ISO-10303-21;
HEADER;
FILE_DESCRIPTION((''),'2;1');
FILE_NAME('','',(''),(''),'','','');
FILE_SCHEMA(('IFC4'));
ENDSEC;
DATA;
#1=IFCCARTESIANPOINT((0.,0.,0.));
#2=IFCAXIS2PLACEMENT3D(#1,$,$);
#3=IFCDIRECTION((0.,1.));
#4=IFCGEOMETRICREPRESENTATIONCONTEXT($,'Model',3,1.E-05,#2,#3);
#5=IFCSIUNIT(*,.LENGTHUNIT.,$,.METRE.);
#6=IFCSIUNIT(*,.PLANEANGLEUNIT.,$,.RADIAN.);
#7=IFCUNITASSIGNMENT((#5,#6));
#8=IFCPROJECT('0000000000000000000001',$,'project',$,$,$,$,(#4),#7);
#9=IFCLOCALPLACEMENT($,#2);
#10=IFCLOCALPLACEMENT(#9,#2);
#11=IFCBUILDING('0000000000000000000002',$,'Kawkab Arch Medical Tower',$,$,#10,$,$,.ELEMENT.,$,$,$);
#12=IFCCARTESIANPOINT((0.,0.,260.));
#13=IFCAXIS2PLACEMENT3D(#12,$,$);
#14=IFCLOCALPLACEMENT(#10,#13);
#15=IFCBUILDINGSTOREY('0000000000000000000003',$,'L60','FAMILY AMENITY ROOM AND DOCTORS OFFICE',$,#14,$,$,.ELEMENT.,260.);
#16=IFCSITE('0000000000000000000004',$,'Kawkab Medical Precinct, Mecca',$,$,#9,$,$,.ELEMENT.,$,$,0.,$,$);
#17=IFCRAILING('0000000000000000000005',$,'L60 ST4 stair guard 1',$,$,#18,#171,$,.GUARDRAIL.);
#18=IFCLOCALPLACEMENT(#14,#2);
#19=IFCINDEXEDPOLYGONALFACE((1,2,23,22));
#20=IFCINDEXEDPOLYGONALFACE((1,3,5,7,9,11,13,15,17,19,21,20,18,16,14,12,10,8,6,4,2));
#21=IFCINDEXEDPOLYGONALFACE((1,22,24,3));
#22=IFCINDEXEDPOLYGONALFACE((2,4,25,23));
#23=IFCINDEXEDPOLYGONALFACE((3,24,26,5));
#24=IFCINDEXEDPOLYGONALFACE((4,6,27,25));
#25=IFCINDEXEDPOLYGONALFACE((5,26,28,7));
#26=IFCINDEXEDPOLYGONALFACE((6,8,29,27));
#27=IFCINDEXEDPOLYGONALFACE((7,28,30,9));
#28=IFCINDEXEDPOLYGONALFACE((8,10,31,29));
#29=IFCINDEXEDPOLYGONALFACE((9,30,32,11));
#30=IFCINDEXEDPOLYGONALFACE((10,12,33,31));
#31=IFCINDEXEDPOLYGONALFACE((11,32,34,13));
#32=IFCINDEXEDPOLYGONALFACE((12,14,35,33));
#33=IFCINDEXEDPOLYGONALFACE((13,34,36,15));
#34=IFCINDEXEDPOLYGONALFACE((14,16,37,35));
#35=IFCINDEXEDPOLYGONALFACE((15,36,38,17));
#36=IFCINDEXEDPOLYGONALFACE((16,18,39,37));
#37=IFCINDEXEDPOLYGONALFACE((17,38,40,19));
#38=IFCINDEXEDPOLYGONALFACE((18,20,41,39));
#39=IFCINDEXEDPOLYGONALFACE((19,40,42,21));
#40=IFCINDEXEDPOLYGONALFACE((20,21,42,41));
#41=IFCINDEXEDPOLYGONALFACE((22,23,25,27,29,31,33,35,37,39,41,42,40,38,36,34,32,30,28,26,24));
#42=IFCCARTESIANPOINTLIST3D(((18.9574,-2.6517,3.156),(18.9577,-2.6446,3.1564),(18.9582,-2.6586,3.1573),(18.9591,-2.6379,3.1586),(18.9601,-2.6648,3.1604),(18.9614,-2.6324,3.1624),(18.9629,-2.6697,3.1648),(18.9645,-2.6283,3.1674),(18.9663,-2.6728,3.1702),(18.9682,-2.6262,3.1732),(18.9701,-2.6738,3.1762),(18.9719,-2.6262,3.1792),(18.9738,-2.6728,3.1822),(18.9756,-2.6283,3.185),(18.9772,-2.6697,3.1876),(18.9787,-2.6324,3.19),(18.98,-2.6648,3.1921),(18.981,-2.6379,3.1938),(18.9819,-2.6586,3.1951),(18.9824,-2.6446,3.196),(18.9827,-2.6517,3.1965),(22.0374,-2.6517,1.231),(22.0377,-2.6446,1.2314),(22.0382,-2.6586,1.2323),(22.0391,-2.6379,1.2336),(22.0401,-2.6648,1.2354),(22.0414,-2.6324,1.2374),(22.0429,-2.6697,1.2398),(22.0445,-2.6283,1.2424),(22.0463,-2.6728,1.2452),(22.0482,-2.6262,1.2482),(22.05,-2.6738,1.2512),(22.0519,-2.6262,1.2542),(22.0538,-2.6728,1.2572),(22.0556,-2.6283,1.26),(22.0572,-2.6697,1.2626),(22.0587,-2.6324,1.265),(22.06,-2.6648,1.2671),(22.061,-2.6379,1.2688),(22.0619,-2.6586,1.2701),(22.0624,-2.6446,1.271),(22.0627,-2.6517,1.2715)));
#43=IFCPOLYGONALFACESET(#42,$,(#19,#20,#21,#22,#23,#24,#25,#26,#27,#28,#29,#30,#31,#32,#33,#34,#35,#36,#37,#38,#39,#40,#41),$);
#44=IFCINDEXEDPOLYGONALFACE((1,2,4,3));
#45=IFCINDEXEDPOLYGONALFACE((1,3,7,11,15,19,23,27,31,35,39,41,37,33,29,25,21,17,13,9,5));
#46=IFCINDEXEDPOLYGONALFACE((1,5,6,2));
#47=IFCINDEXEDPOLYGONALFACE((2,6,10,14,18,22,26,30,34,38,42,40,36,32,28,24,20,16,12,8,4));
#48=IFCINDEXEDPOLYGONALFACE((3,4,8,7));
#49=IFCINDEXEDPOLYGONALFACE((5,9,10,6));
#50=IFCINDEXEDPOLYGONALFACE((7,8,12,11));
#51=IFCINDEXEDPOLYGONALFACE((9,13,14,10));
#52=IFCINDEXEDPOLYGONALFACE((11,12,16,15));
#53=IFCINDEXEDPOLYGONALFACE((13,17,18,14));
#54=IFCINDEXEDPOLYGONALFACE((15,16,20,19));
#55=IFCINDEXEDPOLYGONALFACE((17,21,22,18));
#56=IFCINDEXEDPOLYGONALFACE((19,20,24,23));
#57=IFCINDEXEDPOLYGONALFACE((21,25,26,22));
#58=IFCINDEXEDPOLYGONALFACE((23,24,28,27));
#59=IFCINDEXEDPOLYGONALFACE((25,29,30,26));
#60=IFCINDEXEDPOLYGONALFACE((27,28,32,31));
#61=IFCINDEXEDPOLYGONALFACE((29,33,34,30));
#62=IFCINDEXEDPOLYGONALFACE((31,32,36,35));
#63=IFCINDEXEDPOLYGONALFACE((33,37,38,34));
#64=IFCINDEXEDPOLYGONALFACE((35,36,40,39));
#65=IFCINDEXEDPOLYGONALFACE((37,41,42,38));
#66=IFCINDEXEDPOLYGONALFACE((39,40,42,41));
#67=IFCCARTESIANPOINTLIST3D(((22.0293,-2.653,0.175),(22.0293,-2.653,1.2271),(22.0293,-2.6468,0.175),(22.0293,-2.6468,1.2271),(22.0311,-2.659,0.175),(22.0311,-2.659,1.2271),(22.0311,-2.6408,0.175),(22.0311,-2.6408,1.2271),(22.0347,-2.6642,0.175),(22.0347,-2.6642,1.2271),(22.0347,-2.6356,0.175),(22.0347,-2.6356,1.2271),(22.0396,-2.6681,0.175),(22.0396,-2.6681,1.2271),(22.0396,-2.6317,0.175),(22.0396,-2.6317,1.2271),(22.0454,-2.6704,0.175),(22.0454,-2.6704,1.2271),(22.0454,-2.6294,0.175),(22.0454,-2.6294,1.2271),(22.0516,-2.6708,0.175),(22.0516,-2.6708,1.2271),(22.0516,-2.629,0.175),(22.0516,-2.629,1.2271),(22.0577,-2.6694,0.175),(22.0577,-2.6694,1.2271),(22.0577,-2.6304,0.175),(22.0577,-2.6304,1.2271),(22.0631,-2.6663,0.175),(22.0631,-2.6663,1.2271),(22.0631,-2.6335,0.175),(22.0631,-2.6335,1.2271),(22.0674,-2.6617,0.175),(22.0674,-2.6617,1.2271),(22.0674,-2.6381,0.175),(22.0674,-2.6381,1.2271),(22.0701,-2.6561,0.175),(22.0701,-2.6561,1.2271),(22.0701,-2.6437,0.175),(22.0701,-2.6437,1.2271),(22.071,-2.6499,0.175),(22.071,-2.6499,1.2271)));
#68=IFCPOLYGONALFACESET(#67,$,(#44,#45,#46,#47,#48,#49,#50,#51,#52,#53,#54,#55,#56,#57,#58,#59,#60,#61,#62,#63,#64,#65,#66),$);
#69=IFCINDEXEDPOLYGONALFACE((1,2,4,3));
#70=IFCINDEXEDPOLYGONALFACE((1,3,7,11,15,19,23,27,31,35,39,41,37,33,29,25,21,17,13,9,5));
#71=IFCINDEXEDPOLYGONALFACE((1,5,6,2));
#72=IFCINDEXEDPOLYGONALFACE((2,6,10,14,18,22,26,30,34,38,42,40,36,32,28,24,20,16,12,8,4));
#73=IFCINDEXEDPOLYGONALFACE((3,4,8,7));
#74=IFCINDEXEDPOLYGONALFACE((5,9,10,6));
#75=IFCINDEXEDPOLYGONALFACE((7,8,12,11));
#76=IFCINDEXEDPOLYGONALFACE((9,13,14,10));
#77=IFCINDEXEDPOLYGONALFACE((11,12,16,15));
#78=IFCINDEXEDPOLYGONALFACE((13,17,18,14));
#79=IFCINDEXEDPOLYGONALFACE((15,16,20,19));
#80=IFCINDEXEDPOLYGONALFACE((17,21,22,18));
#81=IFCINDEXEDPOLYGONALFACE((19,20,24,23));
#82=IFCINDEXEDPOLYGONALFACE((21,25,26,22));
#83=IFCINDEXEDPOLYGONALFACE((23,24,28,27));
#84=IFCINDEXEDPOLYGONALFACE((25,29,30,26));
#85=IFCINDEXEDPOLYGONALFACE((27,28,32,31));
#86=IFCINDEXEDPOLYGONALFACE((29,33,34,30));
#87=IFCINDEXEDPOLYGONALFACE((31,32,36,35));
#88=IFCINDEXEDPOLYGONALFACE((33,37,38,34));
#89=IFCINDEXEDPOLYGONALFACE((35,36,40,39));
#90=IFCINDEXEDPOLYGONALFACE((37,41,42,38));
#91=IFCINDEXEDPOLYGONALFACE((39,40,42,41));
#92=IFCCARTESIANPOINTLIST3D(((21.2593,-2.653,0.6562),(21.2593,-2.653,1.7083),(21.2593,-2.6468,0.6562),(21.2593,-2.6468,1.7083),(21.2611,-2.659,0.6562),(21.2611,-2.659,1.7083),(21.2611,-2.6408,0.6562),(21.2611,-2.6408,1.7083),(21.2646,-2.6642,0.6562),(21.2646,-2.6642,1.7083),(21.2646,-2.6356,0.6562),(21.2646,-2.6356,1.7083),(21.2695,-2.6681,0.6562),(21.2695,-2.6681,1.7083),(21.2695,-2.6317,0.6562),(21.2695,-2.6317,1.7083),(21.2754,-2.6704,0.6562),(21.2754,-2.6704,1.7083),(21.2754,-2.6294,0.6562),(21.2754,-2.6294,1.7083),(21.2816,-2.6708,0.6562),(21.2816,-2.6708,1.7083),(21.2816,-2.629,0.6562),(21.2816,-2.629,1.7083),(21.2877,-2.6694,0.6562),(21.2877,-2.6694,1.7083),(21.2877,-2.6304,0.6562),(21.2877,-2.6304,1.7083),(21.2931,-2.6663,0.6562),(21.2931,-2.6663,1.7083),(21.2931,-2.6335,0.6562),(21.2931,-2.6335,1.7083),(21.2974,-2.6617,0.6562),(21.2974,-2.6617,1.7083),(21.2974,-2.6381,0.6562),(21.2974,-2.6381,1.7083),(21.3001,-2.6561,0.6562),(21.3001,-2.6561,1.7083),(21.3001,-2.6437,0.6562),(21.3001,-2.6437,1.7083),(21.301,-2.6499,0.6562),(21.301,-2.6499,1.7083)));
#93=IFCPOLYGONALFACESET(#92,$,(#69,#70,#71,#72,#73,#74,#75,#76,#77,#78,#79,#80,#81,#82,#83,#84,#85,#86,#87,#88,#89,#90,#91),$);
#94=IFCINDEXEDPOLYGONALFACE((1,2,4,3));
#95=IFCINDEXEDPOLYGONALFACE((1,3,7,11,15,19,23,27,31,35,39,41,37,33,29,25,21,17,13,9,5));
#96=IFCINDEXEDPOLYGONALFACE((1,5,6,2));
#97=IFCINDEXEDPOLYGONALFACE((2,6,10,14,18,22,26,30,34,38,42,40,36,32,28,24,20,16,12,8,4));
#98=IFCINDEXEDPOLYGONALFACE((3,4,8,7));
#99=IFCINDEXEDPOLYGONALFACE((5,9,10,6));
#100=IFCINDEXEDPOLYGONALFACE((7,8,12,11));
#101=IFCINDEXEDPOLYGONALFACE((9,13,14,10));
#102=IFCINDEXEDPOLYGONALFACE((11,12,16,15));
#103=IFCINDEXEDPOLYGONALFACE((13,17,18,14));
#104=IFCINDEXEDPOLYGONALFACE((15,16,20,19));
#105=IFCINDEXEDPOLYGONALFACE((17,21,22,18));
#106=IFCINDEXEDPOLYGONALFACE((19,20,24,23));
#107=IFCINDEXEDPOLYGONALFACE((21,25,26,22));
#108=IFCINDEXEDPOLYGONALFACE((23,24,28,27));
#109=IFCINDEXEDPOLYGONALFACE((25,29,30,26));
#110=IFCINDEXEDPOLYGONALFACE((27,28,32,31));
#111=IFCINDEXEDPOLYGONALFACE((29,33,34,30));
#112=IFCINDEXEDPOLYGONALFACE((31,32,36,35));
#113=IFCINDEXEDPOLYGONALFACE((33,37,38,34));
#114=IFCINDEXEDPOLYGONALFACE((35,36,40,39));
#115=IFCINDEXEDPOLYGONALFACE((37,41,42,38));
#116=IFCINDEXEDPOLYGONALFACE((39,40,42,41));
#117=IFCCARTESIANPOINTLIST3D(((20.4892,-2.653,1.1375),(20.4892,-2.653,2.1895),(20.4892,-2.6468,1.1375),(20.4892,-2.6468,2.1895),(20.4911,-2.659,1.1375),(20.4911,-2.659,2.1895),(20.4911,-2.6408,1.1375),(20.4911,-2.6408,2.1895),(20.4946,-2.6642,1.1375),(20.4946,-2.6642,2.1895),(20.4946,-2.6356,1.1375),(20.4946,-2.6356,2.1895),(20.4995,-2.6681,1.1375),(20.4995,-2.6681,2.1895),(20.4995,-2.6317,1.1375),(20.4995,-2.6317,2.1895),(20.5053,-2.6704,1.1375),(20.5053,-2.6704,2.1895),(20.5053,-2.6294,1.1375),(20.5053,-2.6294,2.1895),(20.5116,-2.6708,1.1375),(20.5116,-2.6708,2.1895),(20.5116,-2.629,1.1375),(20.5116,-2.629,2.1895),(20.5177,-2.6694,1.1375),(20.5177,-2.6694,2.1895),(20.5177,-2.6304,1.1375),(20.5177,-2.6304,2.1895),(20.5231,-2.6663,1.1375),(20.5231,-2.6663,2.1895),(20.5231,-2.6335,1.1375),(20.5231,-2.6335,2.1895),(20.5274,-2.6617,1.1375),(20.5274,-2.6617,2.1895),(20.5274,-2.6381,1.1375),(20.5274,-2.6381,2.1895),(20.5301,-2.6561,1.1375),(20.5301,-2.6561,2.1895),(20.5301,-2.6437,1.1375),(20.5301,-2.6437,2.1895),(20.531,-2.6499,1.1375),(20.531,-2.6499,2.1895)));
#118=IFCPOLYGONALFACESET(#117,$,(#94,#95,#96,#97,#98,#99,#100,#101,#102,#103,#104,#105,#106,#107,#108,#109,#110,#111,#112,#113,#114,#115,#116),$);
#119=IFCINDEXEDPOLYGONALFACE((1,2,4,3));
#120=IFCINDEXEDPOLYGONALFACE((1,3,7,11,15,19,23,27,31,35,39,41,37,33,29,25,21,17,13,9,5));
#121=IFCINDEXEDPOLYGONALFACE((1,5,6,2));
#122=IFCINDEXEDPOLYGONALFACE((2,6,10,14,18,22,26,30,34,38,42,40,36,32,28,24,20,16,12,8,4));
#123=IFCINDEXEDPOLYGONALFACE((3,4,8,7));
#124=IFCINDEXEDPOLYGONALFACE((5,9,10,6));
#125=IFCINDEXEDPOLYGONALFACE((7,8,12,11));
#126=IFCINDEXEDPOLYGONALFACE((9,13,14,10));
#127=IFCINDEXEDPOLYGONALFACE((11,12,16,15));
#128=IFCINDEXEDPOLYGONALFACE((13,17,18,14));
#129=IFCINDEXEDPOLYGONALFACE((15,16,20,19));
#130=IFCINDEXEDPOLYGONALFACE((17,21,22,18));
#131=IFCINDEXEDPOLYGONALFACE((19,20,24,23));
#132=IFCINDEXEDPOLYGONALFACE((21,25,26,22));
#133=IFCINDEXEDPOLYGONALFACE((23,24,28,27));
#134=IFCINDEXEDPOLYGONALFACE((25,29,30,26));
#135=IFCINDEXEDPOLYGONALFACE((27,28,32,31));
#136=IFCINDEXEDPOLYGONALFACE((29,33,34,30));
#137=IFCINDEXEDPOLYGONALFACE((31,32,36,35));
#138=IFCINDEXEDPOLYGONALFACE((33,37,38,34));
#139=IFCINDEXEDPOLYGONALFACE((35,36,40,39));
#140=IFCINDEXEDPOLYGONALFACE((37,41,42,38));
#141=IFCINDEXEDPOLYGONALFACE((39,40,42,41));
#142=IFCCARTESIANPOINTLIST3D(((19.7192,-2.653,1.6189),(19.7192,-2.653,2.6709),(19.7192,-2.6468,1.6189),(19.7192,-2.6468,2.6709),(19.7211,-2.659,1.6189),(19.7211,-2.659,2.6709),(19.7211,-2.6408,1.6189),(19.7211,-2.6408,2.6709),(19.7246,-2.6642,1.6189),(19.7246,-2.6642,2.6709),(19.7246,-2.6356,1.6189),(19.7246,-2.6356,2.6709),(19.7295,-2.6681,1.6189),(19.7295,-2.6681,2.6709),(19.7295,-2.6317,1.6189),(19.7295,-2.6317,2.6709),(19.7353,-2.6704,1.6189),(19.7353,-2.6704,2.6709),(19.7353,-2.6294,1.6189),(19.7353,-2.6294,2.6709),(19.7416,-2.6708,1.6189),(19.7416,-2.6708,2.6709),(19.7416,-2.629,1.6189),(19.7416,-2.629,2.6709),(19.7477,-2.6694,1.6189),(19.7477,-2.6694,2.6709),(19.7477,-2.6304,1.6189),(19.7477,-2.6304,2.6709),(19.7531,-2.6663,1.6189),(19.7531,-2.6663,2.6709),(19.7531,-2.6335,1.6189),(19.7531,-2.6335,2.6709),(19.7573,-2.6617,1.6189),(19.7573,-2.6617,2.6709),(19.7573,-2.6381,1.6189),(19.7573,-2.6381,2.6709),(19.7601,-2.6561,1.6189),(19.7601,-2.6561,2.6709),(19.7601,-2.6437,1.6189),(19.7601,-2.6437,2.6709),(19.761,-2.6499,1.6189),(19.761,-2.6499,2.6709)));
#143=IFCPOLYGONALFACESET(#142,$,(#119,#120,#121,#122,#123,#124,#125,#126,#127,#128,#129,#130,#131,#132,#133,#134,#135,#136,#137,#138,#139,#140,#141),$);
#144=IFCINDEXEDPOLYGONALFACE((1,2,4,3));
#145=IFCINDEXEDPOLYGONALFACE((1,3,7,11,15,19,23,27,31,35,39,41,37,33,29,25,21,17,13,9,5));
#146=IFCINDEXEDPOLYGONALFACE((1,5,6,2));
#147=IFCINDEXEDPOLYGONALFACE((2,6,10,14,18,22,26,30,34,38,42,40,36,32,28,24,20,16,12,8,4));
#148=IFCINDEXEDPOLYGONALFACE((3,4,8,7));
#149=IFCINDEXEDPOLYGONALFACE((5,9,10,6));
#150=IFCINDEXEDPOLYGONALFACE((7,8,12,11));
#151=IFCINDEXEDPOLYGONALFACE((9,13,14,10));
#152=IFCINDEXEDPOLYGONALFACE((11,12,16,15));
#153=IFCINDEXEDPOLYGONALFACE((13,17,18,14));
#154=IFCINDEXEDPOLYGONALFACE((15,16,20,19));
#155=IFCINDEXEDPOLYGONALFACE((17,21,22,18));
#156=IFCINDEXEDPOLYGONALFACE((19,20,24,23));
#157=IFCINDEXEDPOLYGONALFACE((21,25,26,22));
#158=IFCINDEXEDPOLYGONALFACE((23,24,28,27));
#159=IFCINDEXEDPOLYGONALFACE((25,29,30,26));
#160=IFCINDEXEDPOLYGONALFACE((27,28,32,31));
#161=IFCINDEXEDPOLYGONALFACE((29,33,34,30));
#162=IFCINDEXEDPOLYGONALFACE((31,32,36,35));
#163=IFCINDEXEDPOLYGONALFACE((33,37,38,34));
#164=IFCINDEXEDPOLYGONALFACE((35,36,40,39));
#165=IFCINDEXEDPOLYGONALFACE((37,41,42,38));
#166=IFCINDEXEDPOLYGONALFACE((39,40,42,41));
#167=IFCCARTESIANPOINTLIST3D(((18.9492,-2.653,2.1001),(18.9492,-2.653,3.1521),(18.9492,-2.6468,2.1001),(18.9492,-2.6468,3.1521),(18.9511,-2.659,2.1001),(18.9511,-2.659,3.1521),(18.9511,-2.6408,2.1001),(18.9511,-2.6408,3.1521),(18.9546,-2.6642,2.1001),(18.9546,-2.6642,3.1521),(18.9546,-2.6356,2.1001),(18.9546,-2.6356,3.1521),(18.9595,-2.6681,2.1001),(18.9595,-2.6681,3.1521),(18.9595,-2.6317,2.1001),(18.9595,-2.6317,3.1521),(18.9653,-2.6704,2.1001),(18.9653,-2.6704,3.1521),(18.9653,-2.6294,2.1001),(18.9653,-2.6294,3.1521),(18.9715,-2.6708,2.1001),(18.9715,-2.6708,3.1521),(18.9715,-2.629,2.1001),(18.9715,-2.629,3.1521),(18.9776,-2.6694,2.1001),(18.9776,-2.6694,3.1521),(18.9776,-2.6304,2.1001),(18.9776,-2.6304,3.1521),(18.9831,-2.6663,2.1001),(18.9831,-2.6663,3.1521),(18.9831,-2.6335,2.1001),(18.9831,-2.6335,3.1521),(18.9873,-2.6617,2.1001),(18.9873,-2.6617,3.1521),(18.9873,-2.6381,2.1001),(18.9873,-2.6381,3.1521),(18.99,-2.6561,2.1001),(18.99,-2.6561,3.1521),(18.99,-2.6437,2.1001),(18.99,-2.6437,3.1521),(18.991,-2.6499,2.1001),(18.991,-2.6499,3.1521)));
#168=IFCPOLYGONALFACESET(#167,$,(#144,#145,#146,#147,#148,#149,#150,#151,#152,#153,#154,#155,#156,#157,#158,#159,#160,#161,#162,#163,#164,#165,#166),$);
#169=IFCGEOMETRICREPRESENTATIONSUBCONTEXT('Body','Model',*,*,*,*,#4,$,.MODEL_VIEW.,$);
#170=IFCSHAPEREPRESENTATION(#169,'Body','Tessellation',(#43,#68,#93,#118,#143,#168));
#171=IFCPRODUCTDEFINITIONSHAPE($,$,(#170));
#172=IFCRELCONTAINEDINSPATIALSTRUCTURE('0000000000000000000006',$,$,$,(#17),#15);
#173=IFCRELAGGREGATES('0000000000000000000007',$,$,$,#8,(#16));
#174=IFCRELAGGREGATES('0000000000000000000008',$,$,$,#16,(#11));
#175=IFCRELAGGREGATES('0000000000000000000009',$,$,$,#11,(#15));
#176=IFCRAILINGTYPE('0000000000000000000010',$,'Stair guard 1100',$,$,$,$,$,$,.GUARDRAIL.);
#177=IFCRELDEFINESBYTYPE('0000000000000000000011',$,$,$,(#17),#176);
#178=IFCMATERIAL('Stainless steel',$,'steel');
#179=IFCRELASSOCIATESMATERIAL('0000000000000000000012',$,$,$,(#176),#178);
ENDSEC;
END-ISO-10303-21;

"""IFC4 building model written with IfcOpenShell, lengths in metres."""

from ifc_helpers import new_model, si_unit, direction, frame, origin, origin_2d, place, context, subcontext, project, spatial, circle, extrude, material, type_object, element, save


model = new_model("IFC4")

# Units and contexts
model_context = context("Model", 3, precision=1e-05, world=origin(), true_north=direction((0.0, 1.0)))
body_context = subcontext(model_context, "Body", "Model", "MODEL_VIEW")
ifc_project = project(units=[si_unit("LENGTHUNIT", "METRE"), si_unit("PLANEANGLEUNIT", "RADIAN")], contexts=[model_context])

# Site, building, storey
site_placement = place(None, origin())
site = spatial("IfcSite", under=ifc_project, at=site_placement, Name="Kawkab Medical Precinct, Mecca", CompositionType="ELEMENT", RefElevation=0.0)
building_placement = place(site_placement, origin())
building = spatial("IfcBuilding", under=site, at=building_placement, Name="Kawkab Arch Medical Tower", CompositionType="ELEMENT")
storey_placement = place(building_placement, frame((0.0, 0.0, 260.0)))
storey = spatial("IfcBuildingStorey", under=building, at=storey_placement, Name="L60", Description="FAMILY AMENITY ROOM AND DOCTORS OFFICE", CompositionType="ELEMENT", Elevation=260.0)

# Railing
ifc_material_1 = material(Name="Stainless steel", Category="steel")
railing_type = type_object("IfcRailingType", Name="Stair guard 1100", PredefinedType="GUARDRAIL", material=ifc_material_1)
railing_placement = place(storey_placement, frame((22.05, -2.6499, 0.175)))
element("IfcRailing", 1, at=railing_placement, inside=storey, type_object=railing_type, Name="L60 ST4 stair guard 1", PredefinedType="GUARDRAIL", context=body_context, shape_type="SweptSolid", body=[
    extrude(circle(Radius=0.0239, at=origin_2d()), frame((0.0, 0.0, 1.0762), z_axis=(-0.847998, 0.0, 0.529999), x_axis=(0.0, -1.0, 0.0)), (0.0, 0.0, 1.0), 3.6321),
    extrude(circle(Radius=0.021, at=origin_2d()), origin(), (0.0, 0.0, 1.0), 1.052),
    extrude(circle(Radius=0.021, at=origin_2d()), frame((-0.77, 0.0, 0.4812)), (0.0, 0.0, 1.0), 1.052),
    extrude(circle(Radius=0.021, at=origin_2d()), frame((-1.54, 0.0, 0.9624)), (0.0, 0.0, 1.0), 1.052),
    extrude(circle(Radius=0.021, at=origin_2d()), frame((-2.3101, 0.0, 1.4438)), (0.0, 0.0, 1.0), 1.052),
    extrude(circle(Radius=0.021, at=origin_2d()), frame((-3.0801, 0.0, 1.925)), (0.0, 0.0, 1.0), 1.052),
])

save(model, "model.ifc")
